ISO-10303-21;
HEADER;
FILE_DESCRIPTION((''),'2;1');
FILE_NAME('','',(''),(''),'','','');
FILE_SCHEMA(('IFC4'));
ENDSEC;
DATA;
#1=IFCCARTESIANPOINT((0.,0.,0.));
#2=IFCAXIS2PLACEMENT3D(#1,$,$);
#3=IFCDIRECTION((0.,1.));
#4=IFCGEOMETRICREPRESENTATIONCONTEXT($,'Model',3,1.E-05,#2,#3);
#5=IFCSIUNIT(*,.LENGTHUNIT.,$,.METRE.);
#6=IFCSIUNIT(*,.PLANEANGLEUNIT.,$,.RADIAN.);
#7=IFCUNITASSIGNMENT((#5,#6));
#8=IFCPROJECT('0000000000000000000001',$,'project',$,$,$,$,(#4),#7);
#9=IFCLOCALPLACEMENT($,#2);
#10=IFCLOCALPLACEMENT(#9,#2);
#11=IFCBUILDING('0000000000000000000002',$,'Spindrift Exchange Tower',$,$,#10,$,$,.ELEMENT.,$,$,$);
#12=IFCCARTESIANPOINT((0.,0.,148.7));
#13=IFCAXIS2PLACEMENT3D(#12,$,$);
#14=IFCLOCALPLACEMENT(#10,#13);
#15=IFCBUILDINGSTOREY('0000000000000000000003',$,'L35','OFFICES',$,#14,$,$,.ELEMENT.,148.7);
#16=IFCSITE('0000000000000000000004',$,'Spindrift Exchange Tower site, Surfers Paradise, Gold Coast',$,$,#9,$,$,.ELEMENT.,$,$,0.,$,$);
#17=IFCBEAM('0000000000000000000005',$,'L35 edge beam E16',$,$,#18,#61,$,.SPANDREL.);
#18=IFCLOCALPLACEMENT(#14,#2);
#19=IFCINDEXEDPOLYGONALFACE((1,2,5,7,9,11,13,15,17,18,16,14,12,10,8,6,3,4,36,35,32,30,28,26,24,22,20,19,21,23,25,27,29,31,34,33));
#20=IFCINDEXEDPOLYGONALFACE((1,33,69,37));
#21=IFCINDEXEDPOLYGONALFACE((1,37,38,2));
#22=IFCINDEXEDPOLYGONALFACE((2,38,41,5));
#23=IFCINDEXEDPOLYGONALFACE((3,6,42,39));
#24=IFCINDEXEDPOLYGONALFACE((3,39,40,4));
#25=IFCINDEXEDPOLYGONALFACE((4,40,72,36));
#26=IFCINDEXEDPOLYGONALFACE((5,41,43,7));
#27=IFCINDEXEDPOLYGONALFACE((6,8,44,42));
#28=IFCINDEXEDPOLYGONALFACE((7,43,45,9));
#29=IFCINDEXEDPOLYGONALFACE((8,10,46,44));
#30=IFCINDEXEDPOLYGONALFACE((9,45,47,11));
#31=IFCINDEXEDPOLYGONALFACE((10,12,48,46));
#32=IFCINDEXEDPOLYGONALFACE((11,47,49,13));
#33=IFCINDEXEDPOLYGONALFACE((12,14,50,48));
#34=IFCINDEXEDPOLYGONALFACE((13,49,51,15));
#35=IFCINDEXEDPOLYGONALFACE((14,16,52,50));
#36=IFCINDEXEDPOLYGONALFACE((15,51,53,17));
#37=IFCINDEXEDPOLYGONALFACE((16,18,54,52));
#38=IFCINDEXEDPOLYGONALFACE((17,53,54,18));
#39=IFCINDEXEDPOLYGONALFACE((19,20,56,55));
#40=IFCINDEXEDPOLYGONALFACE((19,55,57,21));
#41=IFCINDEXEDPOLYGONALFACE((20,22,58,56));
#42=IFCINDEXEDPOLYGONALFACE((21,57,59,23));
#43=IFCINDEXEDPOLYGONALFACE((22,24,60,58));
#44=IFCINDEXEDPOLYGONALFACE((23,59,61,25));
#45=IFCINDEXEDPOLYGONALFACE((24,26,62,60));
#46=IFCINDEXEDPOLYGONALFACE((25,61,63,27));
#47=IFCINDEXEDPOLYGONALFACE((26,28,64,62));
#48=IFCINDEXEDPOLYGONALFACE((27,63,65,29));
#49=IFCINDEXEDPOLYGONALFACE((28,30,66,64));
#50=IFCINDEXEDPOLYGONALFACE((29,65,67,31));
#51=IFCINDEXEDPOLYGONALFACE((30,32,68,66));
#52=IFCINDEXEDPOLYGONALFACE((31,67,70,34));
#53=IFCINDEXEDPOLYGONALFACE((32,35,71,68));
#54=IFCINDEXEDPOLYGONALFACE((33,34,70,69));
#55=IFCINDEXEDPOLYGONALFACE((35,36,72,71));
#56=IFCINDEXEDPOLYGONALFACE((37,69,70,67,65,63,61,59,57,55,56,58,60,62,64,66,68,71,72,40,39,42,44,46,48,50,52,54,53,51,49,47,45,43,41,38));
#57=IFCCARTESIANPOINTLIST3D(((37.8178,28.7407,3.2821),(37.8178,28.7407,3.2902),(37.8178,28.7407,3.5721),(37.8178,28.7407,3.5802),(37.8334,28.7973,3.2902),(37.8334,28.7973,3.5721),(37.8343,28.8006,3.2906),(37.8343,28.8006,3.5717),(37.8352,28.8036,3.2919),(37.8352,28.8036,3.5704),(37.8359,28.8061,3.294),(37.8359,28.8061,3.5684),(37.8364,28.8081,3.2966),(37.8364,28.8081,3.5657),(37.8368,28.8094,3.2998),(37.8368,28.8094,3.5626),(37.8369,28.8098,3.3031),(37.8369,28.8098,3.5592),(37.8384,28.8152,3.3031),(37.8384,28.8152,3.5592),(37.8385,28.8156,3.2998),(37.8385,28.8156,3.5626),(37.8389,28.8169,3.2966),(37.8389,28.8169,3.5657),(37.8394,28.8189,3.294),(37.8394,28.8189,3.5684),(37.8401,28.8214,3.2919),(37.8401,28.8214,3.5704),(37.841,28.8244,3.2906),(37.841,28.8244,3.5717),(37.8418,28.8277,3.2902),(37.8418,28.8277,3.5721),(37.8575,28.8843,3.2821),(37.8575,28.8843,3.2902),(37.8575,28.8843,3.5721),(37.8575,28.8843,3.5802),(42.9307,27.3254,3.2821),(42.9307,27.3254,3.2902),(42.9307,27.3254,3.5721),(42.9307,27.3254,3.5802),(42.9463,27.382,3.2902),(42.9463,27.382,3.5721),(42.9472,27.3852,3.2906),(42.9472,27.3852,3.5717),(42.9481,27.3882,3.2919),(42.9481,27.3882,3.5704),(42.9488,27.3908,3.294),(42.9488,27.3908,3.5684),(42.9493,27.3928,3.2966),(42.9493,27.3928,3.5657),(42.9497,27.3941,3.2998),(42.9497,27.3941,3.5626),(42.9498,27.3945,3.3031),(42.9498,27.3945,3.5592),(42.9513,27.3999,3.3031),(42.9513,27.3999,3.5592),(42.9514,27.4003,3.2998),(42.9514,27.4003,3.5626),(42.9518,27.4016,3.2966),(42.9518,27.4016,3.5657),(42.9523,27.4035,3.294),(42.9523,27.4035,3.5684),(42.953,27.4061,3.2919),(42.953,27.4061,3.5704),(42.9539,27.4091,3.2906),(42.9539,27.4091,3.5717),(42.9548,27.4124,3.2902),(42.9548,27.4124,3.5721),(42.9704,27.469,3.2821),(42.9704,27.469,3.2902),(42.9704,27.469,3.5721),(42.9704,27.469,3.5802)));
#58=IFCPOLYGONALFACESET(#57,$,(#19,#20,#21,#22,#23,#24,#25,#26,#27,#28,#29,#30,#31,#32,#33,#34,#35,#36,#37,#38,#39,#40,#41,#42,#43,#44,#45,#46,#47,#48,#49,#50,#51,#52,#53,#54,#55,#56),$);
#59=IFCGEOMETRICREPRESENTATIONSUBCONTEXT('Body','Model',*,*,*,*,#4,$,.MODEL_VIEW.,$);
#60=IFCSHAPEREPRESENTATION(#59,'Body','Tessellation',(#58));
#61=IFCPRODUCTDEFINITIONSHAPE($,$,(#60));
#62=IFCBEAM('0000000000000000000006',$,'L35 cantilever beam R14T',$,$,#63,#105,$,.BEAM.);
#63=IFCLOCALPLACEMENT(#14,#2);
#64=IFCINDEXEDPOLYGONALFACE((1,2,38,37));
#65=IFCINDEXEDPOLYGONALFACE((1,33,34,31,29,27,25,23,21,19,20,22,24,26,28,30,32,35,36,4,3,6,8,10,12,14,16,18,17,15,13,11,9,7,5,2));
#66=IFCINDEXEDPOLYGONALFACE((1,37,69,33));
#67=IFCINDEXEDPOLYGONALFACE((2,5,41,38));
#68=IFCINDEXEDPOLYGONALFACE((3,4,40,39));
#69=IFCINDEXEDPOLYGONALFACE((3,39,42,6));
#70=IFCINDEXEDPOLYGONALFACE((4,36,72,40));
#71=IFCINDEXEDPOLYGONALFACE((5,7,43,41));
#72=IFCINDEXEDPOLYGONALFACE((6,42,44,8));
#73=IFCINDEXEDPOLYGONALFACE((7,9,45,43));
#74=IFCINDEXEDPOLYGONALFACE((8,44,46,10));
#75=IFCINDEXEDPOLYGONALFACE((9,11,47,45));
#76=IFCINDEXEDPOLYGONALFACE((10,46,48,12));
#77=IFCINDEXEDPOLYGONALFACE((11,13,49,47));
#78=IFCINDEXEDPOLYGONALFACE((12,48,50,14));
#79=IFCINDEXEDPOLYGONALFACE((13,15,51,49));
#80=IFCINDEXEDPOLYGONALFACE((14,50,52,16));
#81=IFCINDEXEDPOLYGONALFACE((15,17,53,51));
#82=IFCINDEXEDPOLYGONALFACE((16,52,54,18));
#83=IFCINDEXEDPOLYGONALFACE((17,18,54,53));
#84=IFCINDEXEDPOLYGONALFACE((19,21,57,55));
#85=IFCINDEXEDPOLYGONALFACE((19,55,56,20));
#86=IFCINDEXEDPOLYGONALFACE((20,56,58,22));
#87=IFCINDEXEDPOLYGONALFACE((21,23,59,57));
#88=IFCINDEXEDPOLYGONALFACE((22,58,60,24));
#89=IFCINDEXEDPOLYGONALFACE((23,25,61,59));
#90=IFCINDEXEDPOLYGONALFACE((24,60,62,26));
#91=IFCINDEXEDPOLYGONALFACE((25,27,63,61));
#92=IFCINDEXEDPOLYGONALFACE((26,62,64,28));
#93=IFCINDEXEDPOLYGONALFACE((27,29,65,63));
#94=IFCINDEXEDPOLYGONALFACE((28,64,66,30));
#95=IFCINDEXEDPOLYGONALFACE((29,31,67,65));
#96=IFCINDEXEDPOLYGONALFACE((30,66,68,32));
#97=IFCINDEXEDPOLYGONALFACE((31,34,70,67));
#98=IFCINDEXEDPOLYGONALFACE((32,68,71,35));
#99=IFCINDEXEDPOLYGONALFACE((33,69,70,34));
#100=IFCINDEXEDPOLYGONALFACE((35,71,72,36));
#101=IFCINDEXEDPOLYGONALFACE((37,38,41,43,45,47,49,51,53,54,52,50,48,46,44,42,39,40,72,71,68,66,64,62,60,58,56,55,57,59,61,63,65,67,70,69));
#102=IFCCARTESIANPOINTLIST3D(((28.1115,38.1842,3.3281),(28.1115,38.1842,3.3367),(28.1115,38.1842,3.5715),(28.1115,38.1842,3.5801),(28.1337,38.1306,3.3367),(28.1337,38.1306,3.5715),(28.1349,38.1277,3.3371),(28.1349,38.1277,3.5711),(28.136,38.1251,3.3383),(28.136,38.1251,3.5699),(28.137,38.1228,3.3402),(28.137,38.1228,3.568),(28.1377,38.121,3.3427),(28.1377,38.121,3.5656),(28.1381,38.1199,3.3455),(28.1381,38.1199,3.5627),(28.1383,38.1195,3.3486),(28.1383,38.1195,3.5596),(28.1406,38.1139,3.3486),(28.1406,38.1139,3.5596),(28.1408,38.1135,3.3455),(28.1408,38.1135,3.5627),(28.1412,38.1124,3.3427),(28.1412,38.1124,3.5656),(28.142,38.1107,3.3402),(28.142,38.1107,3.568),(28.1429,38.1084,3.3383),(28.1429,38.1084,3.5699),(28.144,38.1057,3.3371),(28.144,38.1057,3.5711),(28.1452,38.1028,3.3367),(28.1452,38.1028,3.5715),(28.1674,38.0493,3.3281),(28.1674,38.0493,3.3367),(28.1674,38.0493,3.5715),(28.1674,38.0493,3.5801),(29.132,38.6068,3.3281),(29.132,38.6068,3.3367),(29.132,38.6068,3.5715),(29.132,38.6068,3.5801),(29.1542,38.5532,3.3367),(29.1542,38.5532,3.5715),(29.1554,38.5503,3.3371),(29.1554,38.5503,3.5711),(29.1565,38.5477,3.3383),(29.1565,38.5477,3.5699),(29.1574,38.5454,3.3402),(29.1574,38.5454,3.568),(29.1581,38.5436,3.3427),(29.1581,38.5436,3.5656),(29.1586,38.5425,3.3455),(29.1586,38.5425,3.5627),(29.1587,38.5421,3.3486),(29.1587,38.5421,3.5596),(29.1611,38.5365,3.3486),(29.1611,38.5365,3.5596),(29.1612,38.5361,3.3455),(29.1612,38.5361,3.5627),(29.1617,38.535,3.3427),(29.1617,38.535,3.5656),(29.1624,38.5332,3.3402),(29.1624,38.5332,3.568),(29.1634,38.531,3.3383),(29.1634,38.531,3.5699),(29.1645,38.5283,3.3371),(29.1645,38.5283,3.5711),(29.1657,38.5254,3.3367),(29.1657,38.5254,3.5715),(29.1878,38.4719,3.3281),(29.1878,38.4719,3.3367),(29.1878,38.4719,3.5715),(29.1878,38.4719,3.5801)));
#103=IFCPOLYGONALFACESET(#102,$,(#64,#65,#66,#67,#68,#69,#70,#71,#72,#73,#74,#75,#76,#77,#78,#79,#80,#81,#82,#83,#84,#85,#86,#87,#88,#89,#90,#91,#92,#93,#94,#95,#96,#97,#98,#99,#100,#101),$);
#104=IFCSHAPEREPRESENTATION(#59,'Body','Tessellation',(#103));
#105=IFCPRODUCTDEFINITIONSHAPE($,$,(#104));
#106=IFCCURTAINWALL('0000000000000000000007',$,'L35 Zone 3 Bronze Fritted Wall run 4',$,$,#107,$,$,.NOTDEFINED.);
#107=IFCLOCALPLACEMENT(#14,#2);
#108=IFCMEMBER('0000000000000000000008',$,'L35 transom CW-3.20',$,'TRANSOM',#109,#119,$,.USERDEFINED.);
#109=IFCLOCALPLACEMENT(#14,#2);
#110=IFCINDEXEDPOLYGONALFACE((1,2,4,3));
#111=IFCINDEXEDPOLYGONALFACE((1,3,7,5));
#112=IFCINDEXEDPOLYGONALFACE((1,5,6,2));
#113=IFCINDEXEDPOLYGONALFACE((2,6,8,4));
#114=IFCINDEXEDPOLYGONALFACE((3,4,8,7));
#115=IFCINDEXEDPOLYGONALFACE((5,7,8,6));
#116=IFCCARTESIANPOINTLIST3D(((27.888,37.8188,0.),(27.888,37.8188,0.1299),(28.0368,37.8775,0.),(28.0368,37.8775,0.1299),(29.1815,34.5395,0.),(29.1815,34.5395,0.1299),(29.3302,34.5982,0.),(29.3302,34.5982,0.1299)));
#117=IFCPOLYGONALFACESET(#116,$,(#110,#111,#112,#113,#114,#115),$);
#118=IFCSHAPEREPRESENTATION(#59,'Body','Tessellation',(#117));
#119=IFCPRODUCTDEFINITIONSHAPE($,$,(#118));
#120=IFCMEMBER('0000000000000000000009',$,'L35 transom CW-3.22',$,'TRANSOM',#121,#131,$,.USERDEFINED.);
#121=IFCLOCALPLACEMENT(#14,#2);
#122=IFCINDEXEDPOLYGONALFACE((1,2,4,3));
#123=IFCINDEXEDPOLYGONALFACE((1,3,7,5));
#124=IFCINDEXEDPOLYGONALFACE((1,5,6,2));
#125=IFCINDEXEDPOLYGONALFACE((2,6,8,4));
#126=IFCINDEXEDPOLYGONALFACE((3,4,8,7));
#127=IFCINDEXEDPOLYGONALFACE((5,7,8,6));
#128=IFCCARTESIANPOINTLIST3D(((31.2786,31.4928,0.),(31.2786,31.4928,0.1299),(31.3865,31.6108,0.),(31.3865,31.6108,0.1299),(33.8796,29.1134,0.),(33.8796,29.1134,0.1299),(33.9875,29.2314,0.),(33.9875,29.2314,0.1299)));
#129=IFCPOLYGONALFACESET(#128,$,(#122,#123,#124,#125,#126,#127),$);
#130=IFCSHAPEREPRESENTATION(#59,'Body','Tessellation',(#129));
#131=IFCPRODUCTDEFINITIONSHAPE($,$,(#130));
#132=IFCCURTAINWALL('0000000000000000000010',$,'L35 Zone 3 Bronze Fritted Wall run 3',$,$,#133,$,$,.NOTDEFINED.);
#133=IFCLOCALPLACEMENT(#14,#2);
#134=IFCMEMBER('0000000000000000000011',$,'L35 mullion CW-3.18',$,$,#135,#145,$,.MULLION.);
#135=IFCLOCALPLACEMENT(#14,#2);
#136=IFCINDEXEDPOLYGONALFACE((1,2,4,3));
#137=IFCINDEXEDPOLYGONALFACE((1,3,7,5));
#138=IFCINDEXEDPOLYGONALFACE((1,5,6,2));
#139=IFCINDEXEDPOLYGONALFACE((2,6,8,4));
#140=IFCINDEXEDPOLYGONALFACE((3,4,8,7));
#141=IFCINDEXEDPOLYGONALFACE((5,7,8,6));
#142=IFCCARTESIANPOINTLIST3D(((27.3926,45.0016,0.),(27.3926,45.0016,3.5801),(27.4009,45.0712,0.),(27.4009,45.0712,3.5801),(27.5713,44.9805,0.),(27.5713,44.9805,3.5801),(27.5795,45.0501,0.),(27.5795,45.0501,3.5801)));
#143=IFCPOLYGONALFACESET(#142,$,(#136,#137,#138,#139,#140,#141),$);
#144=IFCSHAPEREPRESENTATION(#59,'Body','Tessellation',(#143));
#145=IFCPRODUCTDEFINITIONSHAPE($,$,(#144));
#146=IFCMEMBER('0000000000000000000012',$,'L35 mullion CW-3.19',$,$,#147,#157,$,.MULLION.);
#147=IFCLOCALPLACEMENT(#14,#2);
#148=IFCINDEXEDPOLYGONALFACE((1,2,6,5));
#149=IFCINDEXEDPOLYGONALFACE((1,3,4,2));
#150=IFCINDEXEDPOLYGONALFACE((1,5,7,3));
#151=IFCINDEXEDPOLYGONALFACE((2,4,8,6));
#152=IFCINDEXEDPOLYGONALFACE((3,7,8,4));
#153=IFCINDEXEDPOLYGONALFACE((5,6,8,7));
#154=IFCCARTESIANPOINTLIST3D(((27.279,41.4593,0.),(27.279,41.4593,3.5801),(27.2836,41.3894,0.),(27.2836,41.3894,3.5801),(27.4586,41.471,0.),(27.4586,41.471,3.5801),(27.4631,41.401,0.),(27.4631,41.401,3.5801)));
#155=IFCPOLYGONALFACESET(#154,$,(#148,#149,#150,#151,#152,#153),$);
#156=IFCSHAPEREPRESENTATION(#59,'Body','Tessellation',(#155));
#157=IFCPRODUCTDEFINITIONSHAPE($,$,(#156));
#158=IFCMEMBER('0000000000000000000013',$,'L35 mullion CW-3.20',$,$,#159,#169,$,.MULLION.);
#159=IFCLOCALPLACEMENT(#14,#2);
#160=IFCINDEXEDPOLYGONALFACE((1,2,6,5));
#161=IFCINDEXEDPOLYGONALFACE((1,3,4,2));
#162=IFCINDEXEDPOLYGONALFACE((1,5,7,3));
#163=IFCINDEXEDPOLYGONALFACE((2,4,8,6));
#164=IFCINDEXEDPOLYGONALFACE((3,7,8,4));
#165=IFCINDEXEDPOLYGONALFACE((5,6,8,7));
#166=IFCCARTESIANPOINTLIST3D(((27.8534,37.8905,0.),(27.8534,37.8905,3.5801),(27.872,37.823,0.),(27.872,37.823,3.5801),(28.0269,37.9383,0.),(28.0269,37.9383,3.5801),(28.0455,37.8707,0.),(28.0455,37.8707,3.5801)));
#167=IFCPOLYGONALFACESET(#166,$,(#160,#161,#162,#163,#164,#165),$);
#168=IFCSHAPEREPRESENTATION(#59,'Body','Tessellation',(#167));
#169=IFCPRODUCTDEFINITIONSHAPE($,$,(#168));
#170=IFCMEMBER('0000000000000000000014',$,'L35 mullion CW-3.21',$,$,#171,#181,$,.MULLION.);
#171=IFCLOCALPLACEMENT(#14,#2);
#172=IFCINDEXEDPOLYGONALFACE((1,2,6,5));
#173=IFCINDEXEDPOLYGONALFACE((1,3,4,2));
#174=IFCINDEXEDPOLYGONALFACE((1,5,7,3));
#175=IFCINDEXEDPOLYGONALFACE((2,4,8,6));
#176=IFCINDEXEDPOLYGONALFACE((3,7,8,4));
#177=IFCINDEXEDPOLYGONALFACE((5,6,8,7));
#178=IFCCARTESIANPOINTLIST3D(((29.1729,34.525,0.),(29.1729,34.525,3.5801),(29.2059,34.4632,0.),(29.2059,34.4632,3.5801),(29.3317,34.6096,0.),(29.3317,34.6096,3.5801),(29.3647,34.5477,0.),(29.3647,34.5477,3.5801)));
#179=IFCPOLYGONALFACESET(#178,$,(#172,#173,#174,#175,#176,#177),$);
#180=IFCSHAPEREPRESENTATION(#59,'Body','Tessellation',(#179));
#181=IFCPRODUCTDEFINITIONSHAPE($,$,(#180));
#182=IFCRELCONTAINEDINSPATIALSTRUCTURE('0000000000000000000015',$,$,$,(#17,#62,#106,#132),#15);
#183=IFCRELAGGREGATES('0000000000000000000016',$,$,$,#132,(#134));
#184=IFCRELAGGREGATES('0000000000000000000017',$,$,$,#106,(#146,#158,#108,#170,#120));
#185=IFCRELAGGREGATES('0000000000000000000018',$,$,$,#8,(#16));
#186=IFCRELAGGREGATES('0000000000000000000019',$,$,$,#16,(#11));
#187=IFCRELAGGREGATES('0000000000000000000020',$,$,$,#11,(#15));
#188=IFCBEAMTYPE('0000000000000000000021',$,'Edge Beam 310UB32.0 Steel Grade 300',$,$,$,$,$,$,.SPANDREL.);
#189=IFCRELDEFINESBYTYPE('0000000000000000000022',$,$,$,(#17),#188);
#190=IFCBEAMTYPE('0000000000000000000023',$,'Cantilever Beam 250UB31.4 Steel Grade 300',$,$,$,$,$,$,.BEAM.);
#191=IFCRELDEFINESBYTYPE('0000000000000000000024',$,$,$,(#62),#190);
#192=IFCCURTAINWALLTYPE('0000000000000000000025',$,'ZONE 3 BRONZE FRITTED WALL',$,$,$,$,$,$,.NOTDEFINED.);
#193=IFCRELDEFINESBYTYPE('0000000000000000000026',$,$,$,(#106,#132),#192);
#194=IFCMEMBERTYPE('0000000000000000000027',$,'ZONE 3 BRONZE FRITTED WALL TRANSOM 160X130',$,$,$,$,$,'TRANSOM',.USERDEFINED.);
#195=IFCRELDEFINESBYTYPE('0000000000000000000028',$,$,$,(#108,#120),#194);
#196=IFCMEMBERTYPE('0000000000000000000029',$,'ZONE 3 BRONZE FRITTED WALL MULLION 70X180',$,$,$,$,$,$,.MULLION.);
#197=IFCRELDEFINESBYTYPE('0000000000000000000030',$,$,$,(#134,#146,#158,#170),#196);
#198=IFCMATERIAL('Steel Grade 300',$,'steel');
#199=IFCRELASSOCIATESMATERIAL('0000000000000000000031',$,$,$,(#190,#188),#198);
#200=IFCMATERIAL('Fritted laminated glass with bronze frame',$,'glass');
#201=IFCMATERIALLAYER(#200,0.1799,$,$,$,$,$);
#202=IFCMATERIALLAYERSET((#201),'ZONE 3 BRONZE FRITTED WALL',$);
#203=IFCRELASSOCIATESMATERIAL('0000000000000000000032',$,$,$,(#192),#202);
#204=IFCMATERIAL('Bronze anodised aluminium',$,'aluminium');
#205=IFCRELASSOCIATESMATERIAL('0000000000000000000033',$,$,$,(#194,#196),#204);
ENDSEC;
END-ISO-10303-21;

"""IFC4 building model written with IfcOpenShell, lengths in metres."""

from ifc_helpers import new_model, si_unit, direction, frame, origin, origin_2d, place, context, subcontext, project, spatial, rectangle, i_section, extrude, source, transform, mapped, material, layer, layer_set, material_profile, profile_set, type_object, element, aggregate, save


model = new_model("IFC4")

# Units and contexts
model_context = context("Model", 3, precision=1e-05, world=origin(), true_north=direction((0.0, 1.0)))
body_context = subcontext(model_context, "Body", "Model", "MODEL_VIEW")
ifc_project = project(units=[si_unit("LENGTHUNIT", "METRE"), si_unit("PLANEANGLEUNIT", "RADIAN")], contexts=[model_context])

# Site, building, storey
site_placement = place(None, origin())
site = spatial("IfcSite", under=ifc_project, at=site_placement, Name="Spindrift Exchange Tower site, Surfers Paradise, Gold Coast", CompositionType="ELEMENT", RefElevation=0.0)
building_placement = place(site_placement, origin())
building = spatial("IfcBuilding", under=site, at=building_placement, Name="Spindrift Exchange Tower", CompositionType="ELEMENT")
storey_placement = place(building_placement, frame((0.0, 0.0, 148.7)))
storey = spatial("IfcBuildingStorey", under=building, at=storey_placement, Name="L35", Description="OFFICES", CompositionType="ELEMENT", Elevation=148.7)

# Beams
ifc_material_1 = material(Name="Steel Grade 300", Category="steel")
ifc_material_profile_1 = material_profile(ifc_material_1, i_section(OverallWidth=0.146, OverallDepth=0.252, WebThickness=0.0061, FlangeThickness=0.0085, FilletRadius=0.012, at=origin_2d()), Name="250UB31.4")
ifc_profile_set_1 = profile_set([ifc_material_profile_1], Name="Steel Grade 300")
beam_type_1 = type_object("IfcBeamType", Name="Cantilever Beam 250UB31.4 Steel Grade 300", PredefinedType="BEAM", material=ifc_profile_set_1)
ifc_material_profile_2 = material_profile(ifc_material_1, i_section(OverallWidth=0.1489, OverallDepth=0.2981, WebThickness=0.0056, FlangeThickness=0.0081, FilletRadius=0.0129, at=origin_2d()), Name="310UB32.0")
ifc_profile_set_2 = profile_set([ifc_material_profile_2], Name="Steel Grade 300")
beam_type_2 = type_object("IfcBeamType", Name="Edge Beam 310UB32.0 Steel Grade 300", PredefinedType="SPANDREL", material=ifc_profile_set_2)
shared_shape_1 = source(origin(), body_context, "Body", "SweptSolid", [
    extrude(i_section(OverallWidth=0.1489, OverallDepth=0.2981, WebThickness=0.0056, FlangeThickness=0.0081, FilletRadius=0.0129, at=origin_2d()), origin(), (0.0, 0.0, 1.0), 5.3052),
])
beam_1_placement = place(storey_placement, frame((37.8376, 28.8125, 3.4312), z_axis=(0.963758, -0.26678, 0.0), x_axis=(0.26678, 0.963758, 0.0)))
element("IfcBeam", 1, at=beam_1_placement, inside=storey, type_object=beam_type_2, Name="L35 edge beam E16", PredefinedType="SPANDREL", context=body_context, shape_type="MappedRepresentation", body=[
    mapped(shared_shape_1, transform((0.0, 0.0, 0.0), scale=1.0)),
])
shared_shape_2 = source(origin(), body_context, "Body", "SweptSolid", [
    extrude(i_section(OverallWidth=0.146, OverallDepth=0.252, WebThickness=0.0061, FlangeThickness=0.0085, FilletRadius=0.012, at=origin_2d()), origin(), (0.0, 0.0, 1.0), 1.1045),
])
beam_2_placement = place(storey_placement, frame((29.1599, 38.5393, 3.4541), z_axis=(-0.923912, -0.382606, 0.0), x_axis=(0.382606, -0.923912, 0.0)))
element("IfcBeam", 2, at=beam_2_placement, inside=storey, type_object=beam_type_1, Name="L35 cantilever beam R14T", PredefinedType="BEAM", context=body_context, shape_type="MappedRepresentation", body=[
    mapped(shared_shape_2, transform((0.0, 0.0, 0.0), scale=1.0)),
])

# Curtain wall, members
ifc_material_2 = material(Name="Fritted laminated glass with bronze frame", Category="glass")
ifc_layer_1 = layer(ifc_material_2, 0.1799)
ifc_layer_set_1 = layer_set([ifc_layer_1], Name="ZONE 3 BRONZE FRITTED WALL")
curtain_wall_type = type_object("IfcCurtainWallType", Name="ZONE 3 BRONZE FRITTED WALL", PredefinedType="NOTDEFINED", material=ifc_layer_set_1)
curtain_wall_1_placement = place(storey_placement, origin())
curtain_wall_1 = element("IfcCurtainWall", 3, at=curtain_wall_1_placement, inside=storey, type_object=curtain_wall_type, Name="L35 Zone 3 Bronze Fritted Wall run 4", PredefinedType="NOTDEFINED")
ifc_material_3 = material(Name="Bronze anodised aluminium", Category="aluminium")
ifc_material_profile_3 = material_profile(ifc_material_3, rectangle(XDim=0.1599, YDim=0.1299, at=origin_2d()), Name="ZONE 3 BRONZE FRITTED WALL TRANSOM 160X130")
ifc_profile_set_3 = profile_set([ifc_material_profile_3], Name="Bronze anodised aluminium")
member_type_1 = type_object("IfcMemberType", Name="ZONE 3 BRONZE FRITTED WALL TRANSOM 160X130", ElementType="TRANSOM", PredefinedType="USERDEFINED", material=ifc_profile_set_3)
shared_shape_3 = source(origin(), body_context, "Body", "SweptSolid", [
    extrude(rectangle(XDim=0.1599, YDim=0.1299, at=origin_2d()), origin(), (0.0, 0.0, 1.0), 3.5251),
])
member_1_placement = place(storey_placement, frame((27.9624, 37.8481, 0.0649), z_axis=(0.366921, -0.930252, 0.0), x_axis=(0.930252, 0.366921, 0.0)))
member_1 = element("IfcMember", 4, at=member_1_placement, type_object=member_type_1, Name="L35 transom CW-3.20", ObjectType="TRANSOM", PredefinedType="USERDEFINED", context=body_context, shape_type="MappedRepresentation", body=[
    mapped(shared_shape_3, transform((0.0, 0.0, 0.0), scale=1.0)),
])
member_2_placement = place(storey_placement, frame((31.3325, 31.5518, 0.0649), z_axis=(0.737849, -0.674965, 0.0), x_axis=(0.674965, 0.737849, 0.0)))
member_2 = element("IfcMember", 5, at=member_2_placement, type_object=member_type_1, Name="L35 transom CW-3.22", ObjectType="TRANSOM", PredefinedType="USERDEFINED", context=body_context, shape_type="MappedRepresentation", body=[
    mapped(shared_shape_3, transform((0.0, 0.0, 0.0), scale=1.0)),
])

# Curtain wall, member
curtain_wall_2_placement = place(storey_placement, origin())
curtain_wall_2 = element("IfcCurtainWall", 6, at=curtain_wall_2_placement, inside=storey, type_object=curtain_wall_type, Name="L35 Zone 3 Bronze Fritted Wall run 3", PredefinedType="NOTDEFINED")
ifc_material_profile_4 = material_profile(ifc_material_3, rectangle(XDim=0.0701, YDim=0.1799, at=origin_2d()), Name="ZONE 3 BRONZE FRITTED WALL MULLION 70X180")
ifc_profile_set_4 = profile_set([ifc_material_profile_4], Name="Bronze anodised aluminium")
member_type_2 = type_object("IfcMemberType", Name="ZONE 3 BRONZE FRITTED WALL MULLION 70X180", PredefinedType="MULLION", material=ifc_profile_set_4)
shared_shape_4 = source(origin(), body_context, "Body", "SweptSolid", [
    extrude(rectangle(XDim=0.0701, YDim=0.1799, at=origin_2d()), origin(), (0.0, 0.0, 1.0), 3.5801),
])
member_3_placement = place(storey_placement, frame((27.4861, 45.0259, 0.0), z_axis=(0.0, 0.0, 1.0), x_axis=(-0.117396, -0.993085, 0.0)))
member_3 = element("IfcMember", 7, at=member_3_placement, type_object=member_type_2, Name="L35 mullion CW-3.18", PredefinedType="MULLION", context=body_context, shape_type="MappedRepresentation", body=[
    mapped(shared_shape_4, transform((0.0, 0.0, 0.0), scale=1.0)),
])

# Members
member_4_placement = place(storey_placement, frame((27.3711, 41.4302, 0.0), z_axis=(0.0, 0.0, 1.0), x_axis=(0.064724, -0.997903, 0.0)))
member_4 = element("IfcMember", 8, at=member_4_placement, type_object=member_type_2, Name="L35 mullion CW-3.19", PredefinedType="MULLION", context=body_context, shape_type="MappedRepresentation", body=[
    mapped(shared_shape_4, transform((0.0, 0.0, 0.0), scale=1.0)),
])
member_5_placement = place(storey_placement, frame((27.9495, 37.8806, 0.0), z_axis=(0.0, 0.0, 1.0), x_axis=(0.265411, -0.964135, 0.0)))
member_5 = element("IfcMember", 9, at=member_5_placement, type_object=member_type_2, Name="L35 mullion CW-3.20", PredefinedType="MULLION", context=body_context, shape_type="MappedRepresentation", body=[
    mapped(shared_shape_4, transform((0.0, 0.0, 0.0), scale=1.0)),
])
member_6_placement = place(storey_placement, frame((29.2688, 34.5364, 0.0), z_axis=(0.0, 0.0, 1.0), x_axis=(0.469975, -0.88268, 0.0)))
member_6 = element("IfcMember", 10, at=member_6_placement, type_object=member_type_2, Name="L35 mullion CW-3.21", PredefinedType="MULLION", context=body_context, shape_type="MappedRepresentation", body=[
    mapped(shared_shape_4, transform((0.0, 0.0, 0.0), scale=1.0)),
])

aggregate(curtain_wall_2, [member_3])
aggregate(curtain_wall_1, [member_4, member_5, member_1, member_6, member_2])

save(model, "model.ifc")
